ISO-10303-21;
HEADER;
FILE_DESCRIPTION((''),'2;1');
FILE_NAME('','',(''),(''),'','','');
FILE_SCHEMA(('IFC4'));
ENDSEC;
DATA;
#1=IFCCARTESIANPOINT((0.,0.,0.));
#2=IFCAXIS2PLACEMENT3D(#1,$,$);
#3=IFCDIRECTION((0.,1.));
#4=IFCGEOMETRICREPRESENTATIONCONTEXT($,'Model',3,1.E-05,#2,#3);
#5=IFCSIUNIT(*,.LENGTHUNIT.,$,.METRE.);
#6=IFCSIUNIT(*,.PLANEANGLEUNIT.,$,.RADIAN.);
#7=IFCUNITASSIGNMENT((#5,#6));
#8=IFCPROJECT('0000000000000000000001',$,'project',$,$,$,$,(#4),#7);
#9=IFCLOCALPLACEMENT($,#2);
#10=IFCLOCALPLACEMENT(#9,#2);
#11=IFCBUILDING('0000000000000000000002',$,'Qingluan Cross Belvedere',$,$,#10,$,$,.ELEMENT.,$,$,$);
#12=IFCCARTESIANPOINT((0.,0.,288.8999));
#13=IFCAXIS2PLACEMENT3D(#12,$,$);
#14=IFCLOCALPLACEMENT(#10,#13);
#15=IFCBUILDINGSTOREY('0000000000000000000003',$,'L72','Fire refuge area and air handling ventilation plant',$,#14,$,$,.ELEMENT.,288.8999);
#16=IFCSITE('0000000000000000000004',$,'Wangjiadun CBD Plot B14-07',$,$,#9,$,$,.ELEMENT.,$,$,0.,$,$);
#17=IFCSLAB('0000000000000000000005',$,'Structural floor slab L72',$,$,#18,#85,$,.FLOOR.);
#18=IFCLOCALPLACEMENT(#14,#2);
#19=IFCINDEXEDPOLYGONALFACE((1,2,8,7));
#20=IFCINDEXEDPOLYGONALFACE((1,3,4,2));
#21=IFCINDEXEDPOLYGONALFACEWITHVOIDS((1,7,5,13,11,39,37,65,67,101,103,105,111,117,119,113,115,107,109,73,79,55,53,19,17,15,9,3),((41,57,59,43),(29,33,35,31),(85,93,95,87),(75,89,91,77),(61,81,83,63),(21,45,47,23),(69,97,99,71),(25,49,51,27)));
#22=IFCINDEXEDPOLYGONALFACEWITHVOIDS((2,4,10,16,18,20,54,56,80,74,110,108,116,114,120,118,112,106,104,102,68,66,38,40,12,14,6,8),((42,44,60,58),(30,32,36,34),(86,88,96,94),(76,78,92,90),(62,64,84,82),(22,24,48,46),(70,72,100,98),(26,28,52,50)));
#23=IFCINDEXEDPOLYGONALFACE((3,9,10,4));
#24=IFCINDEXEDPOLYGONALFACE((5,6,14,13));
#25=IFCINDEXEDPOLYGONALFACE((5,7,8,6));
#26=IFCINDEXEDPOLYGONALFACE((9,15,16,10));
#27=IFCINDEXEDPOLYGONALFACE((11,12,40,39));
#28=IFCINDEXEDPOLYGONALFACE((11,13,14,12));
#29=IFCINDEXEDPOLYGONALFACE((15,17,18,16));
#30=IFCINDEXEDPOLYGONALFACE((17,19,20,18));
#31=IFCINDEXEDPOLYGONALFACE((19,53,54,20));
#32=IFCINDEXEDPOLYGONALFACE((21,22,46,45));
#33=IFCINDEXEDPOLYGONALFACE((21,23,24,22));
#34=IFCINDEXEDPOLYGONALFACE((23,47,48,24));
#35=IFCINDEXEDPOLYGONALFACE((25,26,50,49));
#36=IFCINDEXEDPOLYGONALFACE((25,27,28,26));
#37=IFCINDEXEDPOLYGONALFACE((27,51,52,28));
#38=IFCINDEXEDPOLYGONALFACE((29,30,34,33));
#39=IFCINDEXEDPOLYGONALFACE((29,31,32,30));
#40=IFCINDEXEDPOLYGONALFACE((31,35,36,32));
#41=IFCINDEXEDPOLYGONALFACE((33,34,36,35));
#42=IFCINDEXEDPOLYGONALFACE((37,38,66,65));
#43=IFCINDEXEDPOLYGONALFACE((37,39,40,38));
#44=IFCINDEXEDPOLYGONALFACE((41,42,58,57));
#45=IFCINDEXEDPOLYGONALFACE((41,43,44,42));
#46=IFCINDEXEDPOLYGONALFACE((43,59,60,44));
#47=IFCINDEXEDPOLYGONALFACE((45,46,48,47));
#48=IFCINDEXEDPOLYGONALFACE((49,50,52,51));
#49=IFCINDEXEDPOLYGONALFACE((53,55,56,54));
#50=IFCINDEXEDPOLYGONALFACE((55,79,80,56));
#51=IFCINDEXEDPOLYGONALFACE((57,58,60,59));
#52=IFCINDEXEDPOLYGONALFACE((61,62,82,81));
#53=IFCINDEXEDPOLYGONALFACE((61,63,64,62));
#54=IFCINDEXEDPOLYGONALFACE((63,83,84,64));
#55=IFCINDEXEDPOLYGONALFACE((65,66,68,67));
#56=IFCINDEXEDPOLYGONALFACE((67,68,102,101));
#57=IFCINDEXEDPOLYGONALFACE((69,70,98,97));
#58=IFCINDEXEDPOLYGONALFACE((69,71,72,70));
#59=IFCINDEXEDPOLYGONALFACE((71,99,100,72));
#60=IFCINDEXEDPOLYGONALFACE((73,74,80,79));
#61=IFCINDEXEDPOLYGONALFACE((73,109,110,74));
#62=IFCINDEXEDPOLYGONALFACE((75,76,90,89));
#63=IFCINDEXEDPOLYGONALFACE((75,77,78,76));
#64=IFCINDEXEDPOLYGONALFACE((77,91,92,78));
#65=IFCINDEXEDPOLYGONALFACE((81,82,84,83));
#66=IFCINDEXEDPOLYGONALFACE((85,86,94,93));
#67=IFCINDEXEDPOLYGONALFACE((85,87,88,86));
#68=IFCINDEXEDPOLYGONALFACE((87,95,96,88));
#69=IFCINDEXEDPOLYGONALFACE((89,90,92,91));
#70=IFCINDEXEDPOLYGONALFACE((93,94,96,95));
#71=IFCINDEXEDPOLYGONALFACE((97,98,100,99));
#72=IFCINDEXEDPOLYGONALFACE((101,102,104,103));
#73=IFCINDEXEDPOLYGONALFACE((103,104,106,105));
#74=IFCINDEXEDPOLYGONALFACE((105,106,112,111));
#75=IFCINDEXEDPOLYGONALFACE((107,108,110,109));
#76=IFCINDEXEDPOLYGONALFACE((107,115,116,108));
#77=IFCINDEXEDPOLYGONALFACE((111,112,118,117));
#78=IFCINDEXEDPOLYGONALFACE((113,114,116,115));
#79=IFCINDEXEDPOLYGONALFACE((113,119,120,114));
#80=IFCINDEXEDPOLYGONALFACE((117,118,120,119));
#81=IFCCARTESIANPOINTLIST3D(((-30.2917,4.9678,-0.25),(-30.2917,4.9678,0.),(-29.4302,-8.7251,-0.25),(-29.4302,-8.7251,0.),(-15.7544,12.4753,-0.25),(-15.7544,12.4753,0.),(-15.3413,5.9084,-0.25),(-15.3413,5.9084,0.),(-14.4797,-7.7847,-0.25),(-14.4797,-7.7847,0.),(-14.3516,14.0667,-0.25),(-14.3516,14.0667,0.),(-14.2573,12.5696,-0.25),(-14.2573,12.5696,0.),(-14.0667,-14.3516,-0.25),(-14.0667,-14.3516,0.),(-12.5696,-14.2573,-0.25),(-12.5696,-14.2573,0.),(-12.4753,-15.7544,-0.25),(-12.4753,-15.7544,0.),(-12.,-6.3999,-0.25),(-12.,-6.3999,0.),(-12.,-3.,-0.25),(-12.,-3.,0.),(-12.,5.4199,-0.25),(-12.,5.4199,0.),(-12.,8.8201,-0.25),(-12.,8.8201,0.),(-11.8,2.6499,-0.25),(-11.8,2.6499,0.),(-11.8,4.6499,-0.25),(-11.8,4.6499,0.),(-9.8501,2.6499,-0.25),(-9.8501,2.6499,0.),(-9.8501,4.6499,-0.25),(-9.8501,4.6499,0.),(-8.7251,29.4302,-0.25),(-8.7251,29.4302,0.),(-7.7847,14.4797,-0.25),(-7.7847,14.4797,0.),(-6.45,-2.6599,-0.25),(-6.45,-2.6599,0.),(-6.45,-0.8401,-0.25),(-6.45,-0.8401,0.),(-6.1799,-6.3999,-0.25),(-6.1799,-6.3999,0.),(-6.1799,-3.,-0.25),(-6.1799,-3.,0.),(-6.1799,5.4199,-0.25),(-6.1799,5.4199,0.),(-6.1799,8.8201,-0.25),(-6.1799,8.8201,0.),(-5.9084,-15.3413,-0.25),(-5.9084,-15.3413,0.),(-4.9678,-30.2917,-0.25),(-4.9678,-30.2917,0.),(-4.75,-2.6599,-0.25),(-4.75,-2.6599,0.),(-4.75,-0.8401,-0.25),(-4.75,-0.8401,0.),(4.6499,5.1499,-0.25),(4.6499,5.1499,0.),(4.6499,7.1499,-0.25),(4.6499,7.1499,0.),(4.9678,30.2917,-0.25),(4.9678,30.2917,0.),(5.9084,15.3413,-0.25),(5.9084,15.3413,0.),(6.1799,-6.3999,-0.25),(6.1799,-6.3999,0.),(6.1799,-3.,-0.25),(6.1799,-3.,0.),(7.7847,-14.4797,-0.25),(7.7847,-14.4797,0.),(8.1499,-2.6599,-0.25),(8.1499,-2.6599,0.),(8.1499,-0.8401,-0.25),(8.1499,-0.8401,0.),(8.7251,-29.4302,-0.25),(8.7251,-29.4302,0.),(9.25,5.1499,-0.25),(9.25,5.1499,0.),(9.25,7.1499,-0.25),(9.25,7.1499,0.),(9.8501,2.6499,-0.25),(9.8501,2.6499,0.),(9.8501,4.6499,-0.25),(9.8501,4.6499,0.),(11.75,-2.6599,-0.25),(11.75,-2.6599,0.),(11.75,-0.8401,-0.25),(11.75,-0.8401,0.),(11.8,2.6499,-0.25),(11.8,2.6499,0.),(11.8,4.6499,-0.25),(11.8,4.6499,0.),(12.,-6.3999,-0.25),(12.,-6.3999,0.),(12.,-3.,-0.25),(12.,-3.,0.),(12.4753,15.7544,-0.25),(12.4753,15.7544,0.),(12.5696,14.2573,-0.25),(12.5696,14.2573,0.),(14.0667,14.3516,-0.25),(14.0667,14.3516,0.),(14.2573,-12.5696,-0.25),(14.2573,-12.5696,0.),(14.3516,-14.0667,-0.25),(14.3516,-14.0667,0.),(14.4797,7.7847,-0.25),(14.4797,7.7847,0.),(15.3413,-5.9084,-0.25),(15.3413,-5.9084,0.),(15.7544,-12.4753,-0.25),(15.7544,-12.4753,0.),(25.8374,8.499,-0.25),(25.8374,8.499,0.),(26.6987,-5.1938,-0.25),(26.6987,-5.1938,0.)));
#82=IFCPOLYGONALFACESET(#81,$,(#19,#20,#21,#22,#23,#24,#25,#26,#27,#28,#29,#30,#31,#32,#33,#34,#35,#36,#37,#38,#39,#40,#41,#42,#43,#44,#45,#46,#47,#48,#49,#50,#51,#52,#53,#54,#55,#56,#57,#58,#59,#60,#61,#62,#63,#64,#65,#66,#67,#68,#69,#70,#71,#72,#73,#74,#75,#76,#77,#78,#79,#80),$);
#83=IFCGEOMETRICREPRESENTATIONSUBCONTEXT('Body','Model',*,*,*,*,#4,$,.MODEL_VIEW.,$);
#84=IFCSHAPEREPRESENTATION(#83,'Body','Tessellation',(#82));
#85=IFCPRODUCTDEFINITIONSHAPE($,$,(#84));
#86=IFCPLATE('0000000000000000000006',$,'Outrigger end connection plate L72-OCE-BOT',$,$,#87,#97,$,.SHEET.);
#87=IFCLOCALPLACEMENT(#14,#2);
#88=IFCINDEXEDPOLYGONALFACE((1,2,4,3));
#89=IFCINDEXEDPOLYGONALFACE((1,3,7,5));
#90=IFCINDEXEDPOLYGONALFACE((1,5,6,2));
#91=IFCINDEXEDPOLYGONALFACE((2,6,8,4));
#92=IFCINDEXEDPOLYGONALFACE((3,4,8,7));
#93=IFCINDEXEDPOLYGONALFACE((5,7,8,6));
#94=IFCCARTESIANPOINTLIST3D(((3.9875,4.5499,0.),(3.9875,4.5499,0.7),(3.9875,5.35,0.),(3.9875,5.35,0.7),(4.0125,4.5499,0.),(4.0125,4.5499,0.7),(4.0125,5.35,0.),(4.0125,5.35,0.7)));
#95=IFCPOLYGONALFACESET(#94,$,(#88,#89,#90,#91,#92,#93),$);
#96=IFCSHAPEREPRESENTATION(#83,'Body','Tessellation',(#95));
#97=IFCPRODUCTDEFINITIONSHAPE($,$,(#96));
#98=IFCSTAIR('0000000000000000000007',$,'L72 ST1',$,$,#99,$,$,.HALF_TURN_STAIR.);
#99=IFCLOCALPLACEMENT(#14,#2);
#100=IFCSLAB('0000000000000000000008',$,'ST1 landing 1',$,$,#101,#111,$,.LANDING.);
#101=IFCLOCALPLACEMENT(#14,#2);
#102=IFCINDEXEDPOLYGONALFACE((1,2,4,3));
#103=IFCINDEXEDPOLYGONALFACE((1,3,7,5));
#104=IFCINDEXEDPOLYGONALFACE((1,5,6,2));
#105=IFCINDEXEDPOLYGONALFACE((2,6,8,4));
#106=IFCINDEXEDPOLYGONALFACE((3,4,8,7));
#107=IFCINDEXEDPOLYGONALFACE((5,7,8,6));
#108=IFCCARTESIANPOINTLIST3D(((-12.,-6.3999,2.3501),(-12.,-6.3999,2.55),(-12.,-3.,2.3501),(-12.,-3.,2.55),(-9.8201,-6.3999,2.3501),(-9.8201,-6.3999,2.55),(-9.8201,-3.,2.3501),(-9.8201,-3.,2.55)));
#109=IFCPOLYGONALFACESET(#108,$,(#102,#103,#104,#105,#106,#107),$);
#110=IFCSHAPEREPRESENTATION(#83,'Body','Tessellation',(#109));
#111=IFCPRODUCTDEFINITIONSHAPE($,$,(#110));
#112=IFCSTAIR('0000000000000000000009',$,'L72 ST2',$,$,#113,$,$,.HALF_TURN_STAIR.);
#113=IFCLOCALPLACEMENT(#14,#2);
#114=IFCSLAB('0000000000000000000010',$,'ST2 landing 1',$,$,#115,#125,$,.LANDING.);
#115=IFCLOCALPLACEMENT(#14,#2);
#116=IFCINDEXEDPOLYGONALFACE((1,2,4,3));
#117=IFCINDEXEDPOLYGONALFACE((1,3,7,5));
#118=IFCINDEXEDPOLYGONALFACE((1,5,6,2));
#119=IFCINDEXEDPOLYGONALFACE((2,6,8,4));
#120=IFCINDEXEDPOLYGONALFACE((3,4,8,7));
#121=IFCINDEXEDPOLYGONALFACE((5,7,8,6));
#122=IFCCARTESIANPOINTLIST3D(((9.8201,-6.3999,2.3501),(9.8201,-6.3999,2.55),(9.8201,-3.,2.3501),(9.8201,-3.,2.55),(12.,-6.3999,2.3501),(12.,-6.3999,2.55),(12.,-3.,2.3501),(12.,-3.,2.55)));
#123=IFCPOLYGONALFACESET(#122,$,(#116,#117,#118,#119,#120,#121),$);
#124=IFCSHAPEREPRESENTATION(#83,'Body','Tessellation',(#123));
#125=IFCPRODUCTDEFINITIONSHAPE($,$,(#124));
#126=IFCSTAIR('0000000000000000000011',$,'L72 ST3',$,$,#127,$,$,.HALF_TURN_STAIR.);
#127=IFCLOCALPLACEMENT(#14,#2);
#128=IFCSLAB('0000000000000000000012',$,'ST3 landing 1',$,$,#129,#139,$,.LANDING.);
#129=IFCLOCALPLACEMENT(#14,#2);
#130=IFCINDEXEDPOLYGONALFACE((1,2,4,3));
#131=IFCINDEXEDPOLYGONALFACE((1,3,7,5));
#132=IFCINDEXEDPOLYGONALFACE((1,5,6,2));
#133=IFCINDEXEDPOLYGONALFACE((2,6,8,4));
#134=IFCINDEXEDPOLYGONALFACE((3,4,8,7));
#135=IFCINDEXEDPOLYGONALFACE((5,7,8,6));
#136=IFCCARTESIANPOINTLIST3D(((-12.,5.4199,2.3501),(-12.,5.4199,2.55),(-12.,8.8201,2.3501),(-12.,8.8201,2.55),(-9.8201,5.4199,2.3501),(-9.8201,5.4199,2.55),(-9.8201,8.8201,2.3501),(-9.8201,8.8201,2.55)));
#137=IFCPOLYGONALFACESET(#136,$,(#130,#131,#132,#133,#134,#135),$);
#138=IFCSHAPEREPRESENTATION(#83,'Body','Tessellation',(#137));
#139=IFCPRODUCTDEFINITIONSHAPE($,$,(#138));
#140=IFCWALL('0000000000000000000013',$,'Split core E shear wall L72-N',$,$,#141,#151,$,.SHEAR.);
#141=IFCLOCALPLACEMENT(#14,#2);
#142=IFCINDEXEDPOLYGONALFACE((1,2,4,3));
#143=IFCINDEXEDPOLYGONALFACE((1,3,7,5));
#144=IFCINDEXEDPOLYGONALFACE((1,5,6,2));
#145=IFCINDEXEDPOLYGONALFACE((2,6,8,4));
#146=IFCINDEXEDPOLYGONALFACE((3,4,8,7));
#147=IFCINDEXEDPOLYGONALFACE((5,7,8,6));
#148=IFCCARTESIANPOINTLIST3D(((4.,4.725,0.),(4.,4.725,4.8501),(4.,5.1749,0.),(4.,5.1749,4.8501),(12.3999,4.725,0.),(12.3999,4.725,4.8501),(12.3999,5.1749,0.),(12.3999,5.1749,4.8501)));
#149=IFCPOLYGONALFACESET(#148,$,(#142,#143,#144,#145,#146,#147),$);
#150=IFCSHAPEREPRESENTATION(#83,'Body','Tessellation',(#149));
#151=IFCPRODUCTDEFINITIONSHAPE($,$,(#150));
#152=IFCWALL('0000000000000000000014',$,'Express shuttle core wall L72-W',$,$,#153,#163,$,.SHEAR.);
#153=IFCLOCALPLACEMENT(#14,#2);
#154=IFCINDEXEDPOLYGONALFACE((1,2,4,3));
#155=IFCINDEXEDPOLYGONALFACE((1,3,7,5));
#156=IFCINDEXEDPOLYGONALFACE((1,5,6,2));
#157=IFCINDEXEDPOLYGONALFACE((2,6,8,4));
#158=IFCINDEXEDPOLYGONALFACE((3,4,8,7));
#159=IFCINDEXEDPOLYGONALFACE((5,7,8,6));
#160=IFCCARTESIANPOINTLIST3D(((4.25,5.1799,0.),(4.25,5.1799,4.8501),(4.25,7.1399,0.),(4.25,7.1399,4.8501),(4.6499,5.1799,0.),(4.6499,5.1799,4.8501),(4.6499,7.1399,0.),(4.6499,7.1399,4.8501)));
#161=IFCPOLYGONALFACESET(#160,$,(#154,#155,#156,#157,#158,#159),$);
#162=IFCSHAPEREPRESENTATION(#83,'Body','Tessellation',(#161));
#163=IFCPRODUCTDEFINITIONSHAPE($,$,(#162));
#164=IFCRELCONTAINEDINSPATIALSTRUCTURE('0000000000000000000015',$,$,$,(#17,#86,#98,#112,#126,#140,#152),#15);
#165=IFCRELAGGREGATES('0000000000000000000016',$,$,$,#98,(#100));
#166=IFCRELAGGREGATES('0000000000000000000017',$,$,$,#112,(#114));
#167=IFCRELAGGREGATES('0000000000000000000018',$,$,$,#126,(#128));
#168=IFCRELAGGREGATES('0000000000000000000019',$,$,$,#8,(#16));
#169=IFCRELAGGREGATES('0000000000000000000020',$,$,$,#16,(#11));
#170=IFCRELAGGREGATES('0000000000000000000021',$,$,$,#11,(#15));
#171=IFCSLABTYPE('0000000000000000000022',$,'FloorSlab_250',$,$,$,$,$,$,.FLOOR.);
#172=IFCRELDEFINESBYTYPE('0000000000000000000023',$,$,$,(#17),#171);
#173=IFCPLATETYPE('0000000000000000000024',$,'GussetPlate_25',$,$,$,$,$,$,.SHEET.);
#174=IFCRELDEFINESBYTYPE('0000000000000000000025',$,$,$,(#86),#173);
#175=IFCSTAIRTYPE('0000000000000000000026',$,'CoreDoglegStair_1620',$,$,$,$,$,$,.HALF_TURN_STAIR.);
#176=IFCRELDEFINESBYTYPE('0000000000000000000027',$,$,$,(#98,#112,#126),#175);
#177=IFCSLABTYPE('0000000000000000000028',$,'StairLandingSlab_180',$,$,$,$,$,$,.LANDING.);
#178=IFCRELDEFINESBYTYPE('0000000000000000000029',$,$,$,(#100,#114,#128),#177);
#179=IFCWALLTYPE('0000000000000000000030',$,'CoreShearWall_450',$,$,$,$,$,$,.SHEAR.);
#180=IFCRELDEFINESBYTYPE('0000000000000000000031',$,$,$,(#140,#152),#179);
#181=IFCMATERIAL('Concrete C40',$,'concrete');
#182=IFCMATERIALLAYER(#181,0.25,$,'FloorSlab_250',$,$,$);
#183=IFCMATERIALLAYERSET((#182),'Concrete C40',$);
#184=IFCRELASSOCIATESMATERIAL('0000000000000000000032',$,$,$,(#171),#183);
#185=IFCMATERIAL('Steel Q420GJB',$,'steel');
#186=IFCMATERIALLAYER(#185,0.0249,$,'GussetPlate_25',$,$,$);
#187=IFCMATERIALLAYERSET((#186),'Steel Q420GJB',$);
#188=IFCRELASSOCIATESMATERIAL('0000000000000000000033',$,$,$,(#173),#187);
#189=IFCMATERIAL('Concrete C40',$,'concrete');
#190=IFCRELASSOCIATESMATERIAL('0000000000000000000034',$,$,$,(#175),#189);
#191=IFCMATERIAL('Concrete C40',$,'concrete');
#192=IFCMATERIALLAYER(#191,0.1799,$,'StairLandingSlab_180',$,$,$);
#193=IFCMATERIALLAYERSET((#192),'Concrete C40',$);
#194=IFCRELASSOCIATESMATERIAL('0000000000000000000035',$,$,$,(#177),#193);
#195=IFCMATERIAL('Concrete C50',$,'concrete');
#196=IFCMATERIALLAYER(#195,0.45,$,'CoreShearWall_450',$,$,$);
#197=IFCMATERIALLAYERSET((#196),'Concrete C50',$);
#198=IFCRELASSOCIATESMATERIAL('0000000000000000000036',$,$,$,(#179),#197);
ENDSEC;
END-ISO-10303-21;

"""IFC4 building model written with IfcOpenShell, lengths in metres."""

from ifc_helpers import new_model, si_unit, direction, frame, frame_2d, origin, origin_2d, place, context, subcontext, project, spatial, polyline, rectangle, outline, extrude, material, layer, layer_set, type_object, element, aggregate, save


model = new_model("IFC4")

# Units and contexts
model_context = context("Model", 3, precision=1e-05, world=origin(), true_north=direction((0.0, 1.0)))
body_context = subcontext(model_context, "Body", "Model", "MODEL_VIEW")
ifc_project = project(units=[si_unit("LENGTHUNIT", "METRE"), si_unit("PLANEANGLEUNIT", "RADIAN")], contexts=[model_context])

# Site, building, storey
site_placement = place(None, origin())
site = spatial("IfcSite", under=ifc_project, at=site_placement, Name="Wangjiadun CBD Plot B14-07", CompositionType="ELEMENT", RefElevation=0.0)
building_placement = place(site_placement, origin())
building = spatial("IfcBuilding", under=site, at=building_placement, Name="Qingluan Cross Belvedere", CompositionType="ELEMENT")
storey_placement = place(building_placement, frame((0.0, 0.0, 288.8999)))
storey = spatial("IfcBuildingStorey", under=building, at=storey_placement, Name="L72", Description="Fire refuge area and air handling ventilation plant", CompositionType="ELEMENT", Elevation=288.8999)

# Slab
ifc_material_1 = material(Name="Concrete C40", Category="concrete")
ifc_layer_1 = layer(ifc_material_1, 0.25, Name="FloorSlab_250")
ifc_layer_set_1 = layer_set([ifc_layer_1], Name="Concrete C40")
slab_type_1 = type_object("IfcSlabType", Name="FloorSlab_250", PredefinedType="FLOOR", material=ifc_layer_set_1)
slab_1_placement = place(storey_placement, frame((0.0, 0.0, -0.25)))
element("IfcSlab", 1, at=slab_1_placement, inside=storey, type_object=slab_type_1, Name="Structural floor slab L72", PredefinedType="FLOOR", context=body_context, shape_type="SweptSolid", body=[
    extrude(outline(polyline([(8.7251, -29.4302), (7.7847, -14.4797), (14.3516, -14.0667), (14.2573, -12.5696), (15.7544, -12.4753), (15.3413, -5.9084), (26.6987, -5.1938), (25.8374, 8.499), (14.4797, 7.7847), (14.0667, 14.3516), (12.5696, 14.2573), (12.4753, 15.7544), (5.9084, 15.3413), (4.9678, 30.2917), (-8.7251, 29.4302), (-7.7847, 14.4797), (-14.3516, 14.0667), (-14.2573, 12.5696), (-15.7544, 12.4753), (-15.3413, 5.9084), (-30.2917, 4.9678), (-29.4302, -8.7251), (-14.4797, -7.7847), (-14.0667, -14.3516), (-12.5696, -14.2573), (-12.4753, -15.7544), (-5.9084, -15.3413), (-4.9678, -30.2917), (8.7251, -29.4302)]), holes=[polyline([(-12.0, -3.0), (-6.1799, -3.0), (-6.1799, -6.3999), (-12.0, -6.3999), (-12.0, -3.0)]), polyline([(6.1799, -3.0), (12.0, -3.0), (12.0, -6.3999), (6.1799, -6.3999), (6.1799, -3.0)]), polyline([(-12.0, 8.8201), (-6.1799, 8.8201), (-6.1799, 5.4199), (-12.0, 5.4199), (-12.0, 8.8201)]), polyline([(-11.8, 4.6499), (-9.8501, 4.6499), (-9.8501, 2.6499), (-11.8, 2.6499), (-11.8, 4.6499)]), polyline([(9.8501, 4.6499), (11.8, 4.6499), (11.8, 2.6499), (9.8501, 2.6499), (9.8501, 4.6499)]), polyline([(-6.45, -0.8401), (-4.75, -0.8401), (-4.75, -2.6599), (-6.45, -2.6599), (-6.45, -0.8401)]), polyline([(8.1499, -0.8401), (11.75, -0.8401), (11.75, -2.6599), (8.1499, -2.6599), (8.1499, -0.8401)]), polyline([(4.6499, 7.1499), (9.25, 7.1499), (9.25, 5.1499), (4.6499, 5.1499), (4.6499, 7.1499)])]), origin(), (0.0, 0.0, 1.0), 0.25),
])

# Plate
ifc_material_2 = material(Name="Steel Q420GJB", Category="steel")
ifc_layer_2 = layer(ifc_material_2, 0.0249, Name="GussetPlate_25")
ifc_layer_set_2 = layer_set([ifc_layer_2], Name="Steel Q420GJB")
plate_type = type_object("IfcPlateType", Name="GussetPlate_25", PredefinedType="SHEET", material=ifc_layer_set_2)
plate_placement = place(storey_placement, frame((4.0, 4.95, 0.0), z_axis=(0.0, 0.0, 1.0), x_axis=(0.0, 1.0, 0.0)))
element("IfcPlate", 2, at=plate_placement, inside=storey, type_object=plate_type, Name="Outrigger end connection plate L72-OCE-BOT", PredefinedType="SHEET", context=body_context, shape_type="SweptSolid", body=[
    extrude(rectangle(XDim=0.8, YDim=0.0249, at=origin_2d()), origin(), (0.0, 0.0, 1.0), 0.7),
])

# Stairs, slabs
ifc_material_3 = material(Name="Concrete C40", Category="concrete")
stair_type = type_object("IfcStairType", Name="CoreDoglegStair_1620", PredefinedType="HALF_TURN_STAIR", material=ifc_material_3)
stair_1_placement = place(storey_placement, origin())
stair_1 = element("IfcStair", 3, at=stair_1_placement, inside=storey, type_object=stair_type, Name="L72 ST1", PredefinedType="HALF_TURN_STAIR")
ifc_material_4 = material(Name="Concrete C40", Category="concrete")
ifc_layer_3 = layer(ifc_material_4, 0.1799, Name="StairLandingSlab_180")
ifc_layer_set_3 = layer_set([ifc_layer_3], Name="Concrete C40")
slab_type_2 = type_object("IfcSlabType", Name="StairLandingSlab_180", PredefinedType="LANDING", material=ifc_layer_set_3)
slab_2_placement = place(storey_placement, frame((0.0, 0.0, 2.3501)))
slab_2 = element("IfcSlab", 4, at=slab_2_placement, type_object=slab_type_2, Name="ST1 landing 1", PredefinedType="LANDING", context=body_context, shape_type="SweptSolid", body=[
    extrude(outline(polyline([(-9.8201, -3.0), (-12.0, -3.0), (-12.0, -6.3999), (-9.8201, -6.3999), (-9.8201, -3.0)])), origin(), (0.0, 0.0, 1.0), 0.2),
])
aggregate(stair_1, [slab_2])
stair_2_placement = place(storey_placement, origin())
stair_2 = element("IfcStair", 5, at=stair_2_placement, inside=storey, type_object=stair_type, Name="L72 ST2", PredefinedType="HALF_TURN_STAIR")
slab_3_placement = place(storey_placement, frame((0.0, 0.0, 2.3501)))
slab_3 = element("IfcSlab", 6, at=slab_3_placement, type_object=slab_type_2, Name="ST2 landing 1", PredefinedType="LANDING", context=body_context, shape_type="SweptSolid", body=[
    extrude(outline(polyline([(9.8201, -6.3999), (12.0, -6.3999), (12.0, -3.0), (9.8201, -3.0), (9.8201, -6.3999)])), origin(), (0.0, 0.0, 1.0), 0.2),
])
aggregate(stair_2, [slab_3])
stair_3_placement = place(storey_placement, origin())
stair_3 = element("IfcStair", 7, at=stair_3_placement, inside=storey, type_object=stair_type, Name="L72 ST3", PredefinedType="HALF_TURN_STAIR")
slab_4_placement = place(storey_placement, frame((0.0, 0.0, 2.3501)))
slab_4 = element("IfcSlab", 8, at=slab_4_placement, type_object=slab_type_2, Name="ST3 landing 1", PredefinedType="LANDING", context=body_context, shape_type="SweptSolid", body=[
    extrude(outline(polyline([(-9.8201, 8.8201), (-12.0, 8.8201), (-12.0, 5.4199), (-9.8201, 5.4199), (-9.8201, 8.8201)])), origin(), (0.0, 0.0, 1.0), 0.2),
])
aggregate(stair_3, [slab_4])

# Walls
ifc_material_5 = material(Name="Concrete C50", Category="concrete")
ifc_layer_4 = layer(ifc_material_5, 0.45, Name="CoreShearWall_450")
ifc_layer_set_4 = layer_set([ifc_layer_4], Name="Concrete C50")
wall_type_1 = type_object("IfcWallType", Name="CoreShearWall_450", PredefinedType="SHEAR", material=ifc_layer_set_4)
wall_1_placement = place(storey_placement, frame((4.0, 4.95, 0.0), z_axis=(0.0, 0.0, 1.0), x_axis=(1.0, 0.0, 0.0)))
element("IfcWall", 9, at=wall_1_placement, inside=storey, type_object=wall_type_1, Name="Split core E shear wall L72-N", PredefinedType="SHEAR", context=body_context, shape_type="SweptSolid", body=[
    extrude(rectangle(XDim=8.3999, YDim=0.45, at=frame_2d((4.2, 0.0))), origin(), (0.0, 0.0, 1.0), 4.8501),
])
wall_2_placement = place(storey_placement, frame((4.45, 5.1799, 0.0), z_axis=(0.0, 0.0, 1.0), x_axis=(0.0, 1.0, 0.0)))
element("IfcWall", 10, at=wall_2_placement, inside=storey, type_object=wall_type_1, Name="Express shuttle core wall L72-W", PredefinedType="SHEAR", context=body_context, shape_type="SweptSolid", body=[
    extrude(rectangle(XDim=1.96, YDim=0.3999, at=frame_2d((0.98, 0.0))), origin(), (0.0, 0.0, 1.0), 4.8501),
])

save(model, "model.ifc")
